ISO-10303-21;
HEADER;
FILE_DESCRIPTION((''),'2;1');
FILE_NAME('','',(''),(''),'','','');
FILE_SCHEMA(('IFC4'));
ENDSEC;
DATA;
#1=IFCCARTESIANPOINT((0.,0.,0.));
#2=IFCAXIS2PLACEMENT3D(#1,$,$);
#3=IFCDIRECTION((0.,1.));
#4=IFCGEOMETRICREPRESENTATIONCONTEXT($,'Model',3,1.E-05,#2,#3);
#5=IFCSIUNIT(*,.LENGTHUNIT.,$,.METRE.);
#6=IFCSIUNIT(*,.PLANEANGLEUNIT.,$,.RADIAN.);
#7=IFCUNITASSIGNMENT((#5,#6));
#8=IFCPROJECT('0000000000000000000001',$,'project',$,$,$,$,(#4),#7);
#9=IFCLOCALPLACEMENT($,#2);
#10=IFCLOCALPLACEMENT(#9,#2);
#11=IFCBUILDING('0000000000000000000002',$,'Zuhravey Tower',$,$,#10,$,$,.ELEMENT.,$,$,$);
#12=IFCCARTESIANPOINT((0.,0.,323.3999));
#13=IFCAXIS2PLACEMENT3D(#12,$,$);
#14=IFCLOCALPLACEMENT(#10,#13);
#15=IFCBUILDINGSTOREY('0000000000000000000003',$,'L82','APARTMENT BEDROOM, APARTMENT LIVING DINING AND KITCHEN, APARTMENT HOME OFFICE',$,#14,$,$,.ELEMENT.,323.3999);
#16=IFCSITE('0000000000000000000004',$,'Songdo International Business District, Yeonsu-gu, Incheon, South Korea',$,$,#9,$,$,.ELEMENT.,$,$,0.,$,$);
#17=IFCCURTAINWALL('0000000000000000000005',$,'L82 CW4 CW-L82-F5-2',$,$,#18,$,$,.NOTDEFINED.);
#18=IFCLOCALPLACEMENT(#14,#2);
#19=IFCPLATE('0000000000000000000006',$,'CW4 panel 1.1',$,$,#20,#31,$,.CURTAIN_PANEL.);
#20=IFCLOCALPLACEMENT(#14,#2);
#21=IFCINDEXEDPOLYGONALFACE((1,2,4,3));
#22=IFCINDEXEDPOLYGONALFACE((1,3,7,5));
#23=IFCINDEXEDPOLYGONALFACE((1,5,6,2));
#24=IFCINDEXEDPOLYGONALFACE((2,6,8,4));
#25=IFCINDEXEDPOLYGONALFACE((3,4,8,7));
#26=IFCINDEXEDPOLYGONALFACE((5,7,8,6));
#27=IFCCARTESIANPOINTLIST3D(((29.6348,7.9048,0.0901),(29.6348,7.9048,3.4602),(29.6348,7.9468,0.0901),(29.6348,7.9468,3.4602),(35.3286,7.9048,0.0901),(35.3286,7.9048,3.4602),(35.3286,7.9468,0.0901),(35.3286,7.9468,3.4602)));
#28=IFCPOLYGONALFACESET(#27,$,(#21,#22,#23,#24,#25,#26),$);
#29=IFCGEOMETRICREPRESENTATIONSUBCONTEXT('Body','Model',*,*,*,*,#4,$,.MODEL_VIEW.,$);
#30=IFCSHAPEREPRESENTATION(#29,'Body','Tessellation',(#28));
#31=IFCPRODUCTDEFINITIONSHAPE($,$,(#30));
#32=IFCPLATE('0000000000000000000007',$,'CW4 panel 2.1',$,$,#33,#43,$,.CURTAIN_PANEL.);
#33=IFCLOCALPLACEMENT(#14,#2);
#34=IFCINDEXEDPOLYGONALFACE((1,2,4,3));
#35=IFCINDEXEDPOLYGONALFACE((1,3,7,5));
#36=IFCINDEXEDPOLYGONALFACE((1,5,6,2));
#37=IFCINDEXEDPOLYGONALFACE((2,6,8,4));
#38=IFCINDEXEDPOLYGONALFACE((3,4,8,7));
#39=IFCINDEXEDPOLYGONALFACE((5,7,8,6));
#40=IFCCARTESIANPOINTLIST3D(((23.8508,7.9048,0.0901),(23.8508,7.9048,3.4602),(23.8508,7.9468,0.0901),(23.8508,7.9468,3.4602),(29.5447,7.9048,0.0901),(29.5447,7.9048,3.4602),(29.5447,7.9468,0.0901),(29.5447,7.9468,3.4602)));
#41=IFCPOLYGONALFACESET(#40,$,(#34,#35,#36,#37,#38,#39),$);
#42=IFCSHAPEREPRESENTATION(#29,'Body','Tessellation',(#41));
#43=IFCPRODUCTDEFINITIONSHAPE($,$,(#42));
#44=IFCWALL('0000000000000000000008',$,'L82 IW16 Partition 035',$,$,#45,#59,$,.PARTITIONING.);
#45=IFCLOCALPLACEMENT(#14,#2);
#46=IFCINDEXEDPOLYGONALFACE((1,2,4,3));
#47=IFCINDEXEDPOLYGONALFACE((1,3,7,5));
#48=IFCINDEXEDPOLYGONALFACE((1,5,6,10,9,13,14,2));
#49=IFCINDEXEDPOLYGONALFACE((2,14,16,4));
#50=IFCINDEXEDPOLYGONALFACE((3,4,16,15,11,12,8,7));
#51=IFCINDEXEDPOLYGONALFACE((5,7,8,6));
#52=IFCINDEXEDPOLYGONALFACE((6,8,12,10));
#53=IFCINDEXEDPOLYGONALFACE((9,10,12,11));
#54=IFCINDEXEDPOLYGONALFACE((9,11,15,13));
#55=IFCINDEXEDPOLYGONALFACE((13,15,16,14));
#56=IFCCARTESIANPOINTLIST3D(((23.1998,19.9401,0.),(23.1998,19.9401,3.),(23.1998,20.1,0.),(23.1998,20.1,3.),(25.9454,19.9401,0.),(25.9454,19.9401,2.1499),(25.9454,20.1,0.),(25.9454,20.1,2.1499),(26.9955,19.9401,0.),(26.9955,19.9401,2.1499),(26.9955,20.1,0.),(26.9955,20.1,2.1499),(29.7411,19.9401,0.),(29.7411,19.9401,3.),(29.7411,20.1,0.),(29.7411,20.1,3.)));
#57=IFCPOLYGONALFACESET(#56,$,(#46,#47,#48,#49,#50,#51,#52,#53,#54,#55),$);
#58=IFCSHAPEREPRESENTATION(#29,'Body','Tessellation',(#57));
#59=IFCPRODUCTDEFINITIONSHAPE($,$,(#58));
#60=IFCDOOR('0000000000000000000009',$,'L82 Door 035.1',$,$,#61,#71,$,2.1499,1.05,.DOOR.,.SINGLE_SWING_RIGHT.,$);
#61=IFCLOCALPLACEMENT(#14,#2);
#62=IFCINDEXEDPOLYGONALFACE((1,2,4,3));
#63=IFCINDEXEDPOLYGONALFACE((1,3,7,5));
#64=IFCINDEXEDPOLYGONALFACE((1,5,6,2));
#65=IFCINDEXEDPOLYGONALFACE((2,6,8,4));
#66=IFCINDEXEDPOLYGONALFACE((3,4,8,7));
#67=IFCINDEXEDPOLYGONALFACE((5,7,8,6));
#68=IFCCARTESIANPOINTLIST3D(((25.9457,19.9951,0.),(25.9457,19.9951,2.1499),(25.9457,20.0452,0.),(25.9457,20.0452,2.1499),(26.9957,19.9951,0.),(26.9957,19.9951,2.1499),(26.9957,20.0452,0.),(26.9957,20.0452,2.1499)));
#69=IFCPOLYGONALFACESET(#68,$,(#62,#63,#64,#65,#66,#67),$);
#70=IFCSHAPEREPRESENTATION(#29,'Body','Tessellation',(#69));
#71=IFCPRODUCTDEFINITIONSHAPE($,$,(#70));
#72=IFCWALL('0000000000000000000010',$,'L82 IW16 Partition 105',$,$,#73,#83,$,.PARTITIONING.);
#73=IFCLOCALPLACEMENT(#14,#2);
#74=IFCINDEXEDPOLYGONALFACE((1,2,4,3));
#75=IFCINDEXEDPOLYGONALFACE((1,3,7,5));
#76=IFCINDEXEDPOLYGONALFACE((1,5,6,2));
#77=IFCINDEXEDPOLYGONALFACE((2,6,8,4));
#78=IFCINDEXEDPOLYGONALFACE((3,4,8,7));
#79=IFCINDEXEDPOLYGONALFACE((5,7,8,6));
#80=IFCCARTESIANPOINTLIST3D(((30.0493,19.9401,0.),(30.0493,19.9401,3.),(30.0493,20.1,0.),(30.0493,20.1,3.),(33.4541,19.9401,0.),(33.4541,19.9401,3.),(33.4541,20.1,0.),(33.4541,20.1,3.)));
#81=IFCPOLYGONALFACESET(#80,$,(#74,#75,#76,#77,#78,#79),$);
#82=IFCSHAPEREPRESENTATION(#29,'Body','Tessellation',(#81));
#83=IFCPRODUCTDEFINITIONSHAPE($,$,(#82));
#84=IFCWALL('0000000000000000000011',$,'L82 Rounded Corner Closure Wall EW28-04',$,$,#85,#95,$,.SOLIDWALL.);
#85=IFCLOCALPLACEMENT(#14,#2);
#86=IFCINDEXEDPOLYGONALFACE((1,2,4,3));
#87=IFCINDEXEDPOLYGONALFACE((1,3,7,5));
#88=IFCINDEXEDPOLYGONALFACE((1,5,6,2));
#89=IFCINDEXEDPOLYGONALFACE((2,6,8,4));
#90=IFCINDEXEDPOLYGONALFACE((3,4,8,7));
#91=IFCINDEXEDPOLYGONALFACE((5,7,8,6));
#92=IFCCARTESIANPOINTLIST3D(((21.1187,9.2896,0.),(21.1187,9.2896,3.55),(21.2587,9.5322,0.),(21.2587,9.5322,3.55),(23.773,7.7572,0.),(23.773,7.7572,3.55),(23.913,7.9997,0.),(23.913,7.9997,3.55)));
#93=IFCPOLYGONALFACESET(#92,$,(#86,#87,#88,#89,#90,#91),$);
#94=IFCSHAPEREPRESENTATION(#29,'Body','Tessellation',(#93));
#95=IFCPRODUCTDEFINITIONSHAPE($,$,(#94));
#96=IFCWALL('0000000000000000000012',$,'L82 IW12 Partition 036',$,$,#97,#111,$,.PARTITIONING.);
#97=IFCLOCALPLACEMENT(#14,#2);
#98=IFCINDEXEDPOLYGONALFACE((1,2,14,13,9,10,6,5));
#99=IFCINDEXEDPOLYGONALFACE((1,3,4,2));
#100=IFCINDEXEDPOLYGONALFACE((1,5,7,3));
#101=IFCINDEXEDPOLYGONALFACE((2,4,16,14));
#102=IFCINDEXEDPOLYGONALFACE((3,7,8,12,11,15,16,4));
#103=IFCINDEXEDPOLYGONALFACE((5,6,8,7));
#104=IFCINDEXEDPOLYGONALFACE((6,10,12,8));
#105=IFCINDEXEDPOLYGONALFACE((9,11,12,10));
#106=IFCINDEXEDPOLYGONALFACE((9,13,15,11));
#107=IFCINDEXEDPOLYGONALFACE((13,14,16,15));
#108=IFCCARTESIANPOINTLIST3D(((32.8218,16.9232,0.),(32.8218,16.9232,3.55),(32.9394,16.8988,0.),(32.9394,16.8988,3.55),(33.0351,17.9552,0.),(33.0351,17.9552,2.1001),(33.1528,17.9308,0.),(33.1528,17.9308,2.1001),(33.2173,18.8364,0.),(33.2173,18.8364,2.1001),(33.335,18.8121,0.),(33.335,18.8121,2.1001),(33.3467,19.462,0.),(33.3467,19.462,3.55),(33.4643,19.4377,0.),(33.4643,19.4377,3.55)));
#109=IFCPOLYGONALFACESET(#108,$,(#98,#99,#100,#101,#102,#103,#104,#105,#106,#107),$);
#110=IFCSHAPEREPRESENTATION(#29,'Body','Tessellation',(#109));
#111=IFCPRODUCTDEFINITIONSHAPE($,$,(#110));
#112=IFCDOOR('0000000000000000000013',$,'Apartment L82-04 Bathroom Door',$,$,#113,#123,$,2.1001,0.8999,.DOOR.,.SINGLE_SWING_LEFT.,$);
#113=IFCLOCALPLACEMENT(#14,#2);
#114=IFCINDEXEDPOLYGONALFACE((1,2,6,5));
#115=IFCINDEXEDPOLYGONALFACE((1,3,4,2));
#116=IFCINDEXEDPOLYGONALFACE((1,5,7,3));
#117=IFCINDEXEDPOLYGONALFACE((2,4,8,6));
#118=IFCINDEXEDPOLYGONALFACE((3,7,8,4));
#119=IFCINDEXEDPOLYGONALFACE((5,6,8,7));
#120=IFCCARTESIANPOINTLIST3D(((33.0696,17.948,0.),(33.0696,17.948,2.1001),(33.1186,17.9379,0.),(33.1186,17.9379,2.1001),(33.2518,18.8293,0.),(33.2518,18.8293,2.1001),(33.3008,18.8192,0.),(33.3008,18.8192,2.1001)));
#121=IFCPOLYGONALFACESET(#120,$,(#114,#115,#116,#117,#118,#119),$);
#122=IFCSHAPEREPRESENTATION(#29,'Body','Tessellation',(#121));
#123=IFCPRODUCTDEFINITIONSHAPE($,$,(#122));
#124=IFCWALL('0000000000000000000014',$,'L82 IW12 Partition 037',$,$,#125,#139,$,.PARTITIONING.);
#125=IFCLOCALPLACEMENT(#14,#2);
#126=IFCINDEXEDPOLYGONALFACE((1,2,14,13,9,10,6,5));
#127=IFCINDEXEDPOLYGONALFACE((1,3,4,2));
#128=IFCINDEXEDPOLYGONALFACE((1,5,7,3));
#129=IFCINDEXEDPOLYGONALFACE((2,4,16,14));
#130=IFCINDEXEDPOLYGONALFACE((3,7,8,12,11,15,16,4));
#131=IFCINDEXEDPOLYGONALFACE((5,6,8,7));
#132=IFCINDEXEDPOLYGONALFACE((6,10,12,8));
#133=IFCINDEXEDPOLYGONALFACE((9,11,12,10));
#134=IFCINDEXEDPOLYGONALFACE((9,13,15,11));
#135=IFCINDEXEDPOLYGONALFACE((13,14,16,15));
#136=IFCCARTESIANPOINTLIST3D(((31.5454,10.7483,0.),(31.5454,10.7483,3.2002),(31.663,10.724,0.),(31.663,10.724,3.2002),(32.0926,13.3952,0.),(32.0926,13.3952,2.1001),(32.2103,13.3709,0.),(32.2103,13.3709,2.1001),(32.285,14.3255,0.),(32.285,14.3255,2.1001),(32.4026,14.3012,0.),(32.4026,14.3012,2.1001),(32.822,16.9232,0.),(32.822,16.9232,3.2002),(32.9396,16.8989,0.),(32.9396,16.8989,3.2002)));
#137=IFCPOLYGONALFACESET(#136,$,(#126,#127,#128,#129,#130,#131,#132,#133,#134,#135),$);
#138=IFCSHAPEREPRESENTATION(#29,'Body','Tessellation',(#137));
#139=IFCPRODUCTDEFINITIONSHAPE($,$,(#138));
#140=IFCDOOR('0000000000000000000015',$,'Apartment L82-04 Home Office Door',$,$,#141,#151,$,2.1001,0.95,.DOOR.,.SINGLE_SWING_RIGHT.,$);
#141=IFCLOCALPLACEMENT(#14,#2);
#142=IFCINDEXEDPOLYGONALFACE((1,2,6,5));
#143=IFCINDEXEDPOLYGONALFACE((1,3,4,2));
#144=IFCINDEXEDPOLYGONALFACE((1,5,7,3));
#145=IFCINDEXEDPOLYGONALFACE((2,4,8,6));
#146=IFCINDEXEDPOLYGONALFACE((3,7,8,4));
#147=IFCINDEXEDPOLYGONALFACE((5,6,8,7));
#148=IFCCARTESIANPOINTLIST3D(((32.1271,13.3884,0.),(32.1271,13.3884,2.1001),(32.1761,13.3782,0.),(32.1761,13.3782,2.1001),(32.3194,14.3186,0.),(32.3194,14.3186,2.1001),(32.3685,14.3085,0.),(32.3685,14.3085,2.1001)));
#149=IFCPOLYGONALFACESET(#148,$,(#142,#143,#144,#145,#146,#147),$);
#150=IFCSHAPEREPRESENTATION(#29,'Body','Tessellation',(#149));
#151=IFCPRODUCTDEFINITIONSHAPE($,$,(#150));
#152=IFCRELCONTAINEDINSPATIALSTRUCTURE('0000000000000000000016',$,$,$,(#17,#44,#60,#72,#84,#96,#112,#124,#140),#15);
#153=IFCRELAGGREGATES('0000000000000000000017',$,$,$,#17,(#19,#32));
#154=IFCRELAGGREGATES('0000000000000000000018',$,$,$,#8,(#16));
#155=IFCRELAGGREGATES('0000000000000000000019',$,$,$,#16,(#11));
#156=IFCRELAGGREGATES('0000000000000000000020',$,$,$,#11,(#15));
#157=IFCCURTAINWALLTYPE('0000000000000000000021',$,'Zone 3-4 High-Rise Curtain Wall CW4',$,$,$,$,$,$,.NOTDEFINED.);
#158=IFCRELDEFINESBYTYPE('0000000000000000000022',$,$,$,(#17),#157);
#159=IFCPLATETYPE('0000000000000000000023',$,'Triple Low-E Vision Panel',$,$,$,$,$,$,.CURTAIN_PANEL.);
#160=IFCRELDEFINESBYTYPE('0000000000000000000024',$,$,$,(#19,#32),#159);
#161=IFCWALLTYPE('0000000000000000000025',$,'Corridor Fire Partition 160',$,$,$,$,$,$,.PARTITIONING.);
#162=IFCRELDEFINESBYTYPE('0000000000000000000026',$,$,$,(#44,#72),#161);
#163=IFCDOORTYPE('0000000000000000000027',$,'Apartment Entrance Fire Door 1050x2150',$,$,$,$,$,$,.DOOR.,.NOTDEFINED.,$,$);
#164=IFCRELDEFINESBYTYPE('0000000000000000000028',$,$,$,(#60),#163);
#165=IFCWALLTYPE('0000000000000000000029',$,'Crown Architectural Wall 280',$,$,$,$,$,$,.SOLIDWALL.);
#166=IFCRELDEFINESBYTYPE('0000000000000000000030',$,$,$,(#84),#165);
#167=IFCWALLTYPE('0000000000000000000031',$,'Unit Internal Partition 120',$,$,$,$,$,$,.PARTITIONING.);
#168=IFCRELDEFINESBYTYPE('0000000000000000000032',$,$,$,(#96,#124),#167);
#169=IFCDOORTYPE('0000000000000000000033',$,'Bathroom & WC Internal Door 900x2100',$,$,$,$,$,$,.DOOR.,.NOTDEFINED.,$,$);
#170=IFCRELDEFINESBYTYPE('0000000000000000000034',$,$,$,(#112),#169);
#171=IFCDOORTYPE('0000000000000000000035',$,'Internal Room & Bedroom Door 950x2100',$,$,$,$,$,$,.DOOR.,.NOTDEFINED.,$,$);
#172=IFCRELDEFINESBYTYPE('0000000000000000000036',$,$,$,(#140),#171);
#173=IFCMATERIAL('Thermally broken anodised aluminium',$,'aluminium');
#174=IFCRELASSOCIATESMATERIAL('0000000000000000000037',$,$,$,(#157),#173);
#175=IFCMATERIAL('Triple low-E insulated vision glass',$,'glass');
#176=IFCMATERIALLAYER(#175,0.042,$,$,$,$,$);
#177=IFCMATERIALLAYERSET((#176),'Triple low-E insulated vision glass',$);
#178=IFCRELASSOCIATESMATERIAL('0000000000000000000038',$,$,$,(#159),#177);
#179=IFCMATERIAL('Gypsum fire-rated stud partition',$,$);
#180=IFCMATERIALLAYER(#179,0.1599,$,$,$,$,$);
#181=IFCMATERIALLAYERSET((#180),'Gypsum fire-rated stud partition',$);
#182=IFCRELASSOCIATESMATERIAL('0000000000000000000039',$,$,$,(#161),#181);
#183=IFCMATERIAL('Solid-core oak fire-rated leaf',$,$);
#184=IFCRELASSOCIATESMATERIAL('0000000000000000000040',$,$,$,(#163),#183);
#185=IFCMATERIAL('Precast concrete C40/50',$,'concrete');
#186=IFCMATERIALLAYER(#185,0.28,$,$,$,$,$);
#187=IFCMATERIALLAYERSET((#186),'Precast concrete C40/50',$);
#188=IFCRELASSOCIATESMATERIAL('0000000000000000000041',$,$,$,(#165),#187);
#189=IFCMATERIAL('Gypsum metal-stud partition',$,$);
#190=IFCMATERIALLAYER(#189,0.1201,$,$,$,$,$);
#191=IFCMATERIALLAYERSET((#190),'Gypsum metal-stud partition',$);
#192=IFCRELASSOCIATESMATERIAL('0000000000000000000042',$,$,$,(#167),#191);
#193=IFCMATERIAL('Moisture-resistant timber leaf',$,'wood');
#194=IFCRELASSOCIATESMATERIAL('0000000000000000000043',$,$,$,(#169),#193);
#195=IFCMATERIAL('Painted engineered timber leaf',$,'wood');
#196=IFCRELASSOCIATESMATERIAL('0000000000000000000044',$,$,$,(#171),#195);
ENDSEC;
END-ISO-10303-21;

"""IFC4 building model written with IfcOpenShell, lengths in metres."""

from ifc_helpers import new_model, si_unit, direction, frame, frame_2d, origin, origin_2d, place, context, subcontext, project, spatial, rectangle, extrude, material, layer, layer_set, type_object, element, fill, aggregate, save


model = new_model("IFC4")

# Units and contexts
model_context = context("Model", 3, precision=1e-05, world=origin(), true_north=direction((0.0, 1.0)))
body_context = subcontext(model_context, "Body", "Model", "MODEL_VIEW")
ifc_project = project(units=[si_unit("LENGTHUNIT", "METRE"), si_unit("PLANEANGLEUNIT", "RADIAN")], contexts=[model_context])

# Site, building, storey
site_placement = place(None, origin())
site = spatial("IfcSite", under=ifc_project, at=site_placement, Name="Songdo International Business District, Yeonsu-gu, Incheon, South Korea", CompositionType="ELEMENT", RefElevation=0.0)
building_placement = place(site_placement, origin())
building = spatial("IfcBuilding", under=site, at=building_placement, Name="Zuhravey Tower", CompositionType="ELEMENT")
storey_placement = place(building_placement, frame((0.0, 0.0, 323.3999)))
storey = spatial("IfcBuildingStorey", under=building, at=storey_placement, Name="L82", Description="APARTMENT BEDROOM, APARTMENT LIVING DINING AND KITCHEN, APARTMENT HOME OFFICE", CompositionType="ELEMENT", Elevation=323.3999)

# Curtain wall
ifc_material_1 = material(Name="Thermally broken anodised aluminium", Category="aluminium")
curtain_wall_type = type_object("IfcCurtainWallType", Name="Zone 3-4 High-Rise Curtain Wall CW4", PredefinedType="NOTDEFINED", material=ifc_material_1)
curtain_wall_placement = place(storey_placement, origin())
curtain_wall = element("IfcCurtainWall", 1, at=curtain_wall_placement, inside=storey, type_object=curtain_wall_type, Name="L82 CW4 CW-L82-F5-2", PredefinedType="NOTDEFINED")

# Plates
ifc_material_2 = material(Name="Triple low-E insulated vision glass", Category="glass")
ifc_layer_1 = layer(ifc_material_2, 0.042)
ifc_layer_set_1 = layer_set([ifc_layer_1], Name="Triple low-E insulated vision glass")
plate_type_1 = type_object("IfcPlateType", Name="Triple Low-E Vision Panel", PredefinedType="CURTAIN_PANEL", material=ifc_layer_set_1)
plate_1_placement = place(storey_placement, frame((32.4817, 7.9258, 0.0901), z_axis=(0.0, 0.0, 1.0), x_axis=(-1.0, 0.0, 0.0)))
plate_1 = element("IfcPlate", 2, at=plate_1_placement, type_object=plate_type_1, Name="CW4 panel 1.1", PredefinedType="CURTAIN_PANEL", context=body_context, shape_type="SweptSolid", body=[
    extrude(rectangle(XDim=5.6938, YDim=0.042, at=origin_2d()), origin(), (0.0, 0.0, 1.0), 3.3701),
])
plate_2_placement = place(storey_placement, frame((26.6978, 7.9258, 0.0901), z_axis=(0.0, 0.0, 1.0), x_axis=(-1.0, 0.0, 0.0)))
plate_2 = element("IfcPlate", 3, at=plate_2_placement, type_object=plate_type_1, Name="CW4 panel 2.1", PredefinedType="CURTAIN_PANEL", context=body_context, shape_type="SweptSolid", body=[
    extrude(rectangle(XDim=5.6938, YDim=0.042, at=origin_2d()), origin(), (0.0, 0.0, 1.0), 3.3701),
])
aggregate(curtain_wall, [plate_1, plate_2])

# Wall, opening, door
ifc_material_3 = material(Name="Gypsum fire-rated stud partition")
ifc_layer_2 = layer(ifc_material_3, 0.1599)
ifc_layer_set_2 = layer_set([ifc_layer_2], Name="Gypsum fire-rated stud partition")
wall_type_1 = type_object("IfcWallType", Name="Corridor Fire Partition 160", PredefinedType="PARTITIONING", material=ifc_layer_set_2)
wall_1_placement = place(storey_placement, frame((23.2, 20.02, 0.0), z_axis=(0.0, 0.0, 1.0), x_axis=(1.0, 0.0, 0.0)))
wall_1 = element("IfcWall", 4, at=wall_1_placement, inside=storey, type_object=wall_type_1, Name="L82 IW16 Partition 035", PredefinedType="PARTITIONING", context=body_context, shape_type="SweptSolid", body=[
    extrude(rectangle(XDim=6.5413, YDim=0.1599, at=frame_2d((3.2705, 0.0))), origin(), (0.0, 0.0, 1.0), 3.0),
])
opening_1_placement = place(wall_1_placement, frame((2.7456, 0.0, 0.0)))
opening_1 = element("IfcOpeningElement", 5, at=opening_1_placement, cuts=wall_1, PredefinedType="OPENING", context=body_context, shape_type="SweptSolid", body=[
    extrude(rectangle(XDim=1.05, YDim=2.1499, at=frame_2d((0.5249, 1.075))), frame((0.0, 0.092, 0.0), z_axis=(0.0, -1.0, 0.0), x_axis=(1.0, 0.0, 0.0)), (0.0, 0.0, 1.0), 0.1838),
])
ifc_material_4 = material(Name="Solid-core oak fire-rated leaf")
door_type_1 = type_object("IfcDoorType", Name="Apartment Entrance Fire Door 1050x2150", OperationType="NOTDEFINED", PredefinedType="DOOR", material=ifc_material_4)
door_1_placement = place(opening_1_placement, frame((1.05, 0.0, 0.0), z_axis=(0.0, 0.0, 1.0), x_axis=(-1.0, 0.0, 0.0)))
door_1 = element("IfcDoor", 6, at=door_1_placement, inside=storey, type_object=door_type_1, Name="L82 Door 035.1", OperationType="SINGLE_SWING_RIGHT", OverallHeight=2.1499, OverallWidth=1.05, PredefinedType="DOOR", context=body_context, shape_type="SweptSolid", body=[
    extrude(rectangle(XDim=1.05, YDim=2.1499, at=frame_2d((0.5249, 1.075))), frame((0.0, 0.0249, 0.0), z_axis=(0.0, -1.0, 0.0), x_axis=(1.0, 0.0, 0.0)), (0.0, 0.0, 1.0), 0.05),
])
fill(opening_1, door_1)

# Walls
wall_2_placement = place(storey_placement, frame((30.0493, 20.02, 0.0), z_axis=(0.0, 0.0, 1.0), x_axis=(1.0, 0.0, 0.0)))
element("IfcWall", 7, at=wall_2_placement, inside=storey, type_object=wall_type_1, Name="L82 IW16 Partition 105", PredefinedType="PARTITIONING", context=body_context, shape_type="SweptSolid", body=[
    extrude(rectangle(XDim=3.4048, YDim=0.1599, at=frame_2d((1.7024, 0.0))), origin(), (0.0, 0.0, 1.0), 3.0),
])
ifc_material_5 = material(Name="Precast concrete C40/50", Category="concrete")
ifc_layer_3 = layer(ifc_material_5, 0.28)
ifc_layer_set_3 = layer_set([ifc_layer_3], Name="Precast concrete C40/50")
wall_type_2 = type_object("IfcWallType", Name="Crown Architectural Wall 280", PredefinedType="SOLIDWALL", material=ifc_layer_set_3)
wall_3_placement = place(storey_placement, frame((23.843, 7.8784, 0.0), z_axis=(0.0, 0.0, 1.0), x_axis=(-0.866024, 0.500003, 0.0)))
element("IfcWall", 8, at=wall_3_placement, inside=storey, type_object=wall_type_2, Name="L82 Rounded Corner Closure Wall EW28-04", PredefinedType="SOLIDWALL", context=body_context, shape_type="SweptSolid", body=[
    extrude(rectangle(XDim=3.0649, YDim=0.28, at=frame_2d((1.5325, 0.0))), origin(), (0.0, 0.0, 1.0), 3.55),
])

# Walls, openings, doors
ifc_material_6 = material(Name="Gypsum metal-stud partition")
ifc_layer_4 = layer(ifc_material_6, 0.1201)
ifc_layer_set_4 = layer_set([ifc_layer_4], Name="Gypsum metal-stud partition")
wall_type_3 = type_object("IfcWallType", Name="Unit Internal Partition 120", PredefinedType="PARTITIONING", material=ifc_layer_set_4)
wall_4_placement = place(storey_placement, frame((33.4055, 19.45, 0.0), z_axis=(0.0, 0.0, 1.0), x_axis=(-0.202469, -0.979289, 0.0)))
wall_4 = element("IfcWall", 9, at=wall_4_placement, inside=storey, type_object=wall_type_3, Name="L82 IW12 Partition 036", PredefinedType="PARTITIONING", context=body_context, shape_type="SweptSolid", body=[
    extrude(rectangle(XDim=2.5925, YDim=0.1201, at=frame_2d((1.2964, 0.0))), origin(), (0.0, 0.0, 1.0), 3.55),
])
opening_2_placement = place(wall_4_placement, frame((0.6389, 0.0, 0.0)))
opening_2 = element("IfcOpeningElement", 10, at=opening_2_placement, cuts=wall_4, PredefinedType="OPENING", context=body_context, shape_type="SweptSolid", body=[
    extrude(rectangle(XDim=0.8999, YDim=2.1001, at=frame_2d((0.45, 1.05))), frame((0.0, 0.072, 0.0), z_axis=(0.0, -1.0, 0.0), x_axis=(1.0, 0.0, 0.0)), (0.0, 0.0, 1.0), 0.144),
])
ifc_material_7 = material(Name="Moisture-resistant timber leaf", Category="wood")
door_type_2 = type_object("IfcDoorType", Name="Bathroom & WC Internal Door 900x2100", OperationType="NOTDEFINED", PredefinedType="DOOR", material=ifc_material_7)
door_2_placement = place(opening_2_placement, frame((0.8999, 0.0, 0.0), z_axis=(0.0, 0.0, 1.0), x_axis=(-1.0, 0.0, 0.0)))
door_2 = element("IfcDoor", 11, at=door_2_placement, inside=storey, type_object=door_type_2, Name="Apartment L82-04 Bathroom Door", OperationType="SINGLE_SWING_LEFT", OverallHeight=2.1001, OverallWidth=0.8999, PredefinedType="DOOR", context=body_context, shape_type="SweptSolid", body=[
    extrude(rectangle(XDim=0.8999, YDim=2.1001, at=frame_2d((0.45, 1.05))), frame((0.0, 0.0249, 0.0), z_axis=(0.0, -1.0, 0.0), x_axis=(1.0, 0.0, 0.0)), (0.0, 0.0, 1.0), 0.05),
])
fill(opening_2, door_2)
wall_5_placement = place(storey_placement, frame((32.8809, 16.9111, 0.0), z_axis=(0.0, 0.0, 1.0), x_axis=(-0.202463, -0.97929, 0.0)))
wall_5 = element("IfcWall", 12, at=wall_5_placement, inside=storey, type_object=wall_type_3, Name="L82 IW12 Partition 037", PredefinedType="PARTITIONING", context=body_context, shape_type="SweptSolid", body=[
    extrude(rectangle(XDim=6.3054, YDim=0.1201, at=frame_2d((3.1528, 0.0))), origin(), (0.0, 0.0, 1.0), 3.2002),
])
opening_3_placement = place(wall_5_placement, frame((2.6526, 0.0, 0.0)))
opening_3 = element("IfcOpeningElement", 13, at=opening_3_placement, cuts=wall_5, PredefinedType="OPENING", context=body_context, shape_type="SweptSolid", body=[
    extrude(rectangle(XDim=0.95, YDim=2.1001, at=frame_2d((0.4751, 1.05))), frame((0.0, 0.072, 0.0), z_axis=(0.0, -1.0, 0.0), x_axis=(1.0, 0.0, 0.0)), (0.0, 0.0, 1.0), 0.144),
])
ifc_material_8 = material(Name="Painted engineered timber leaf", Category="wood")
door_type_3 = type_object("IfcDoorType", Name="Internal Room & Bedroom Door 950x2100", OperationType="NOTDEFINED", PredefinedType="DOOR", material=ifc_material_8)
door_3_placement = place(opening_3_placement, frame((0.95, 0.0, 0.0), z_axis=(0.0, 0.0, 1.0), x_axis=(-1.0, 0.0, 0.0)))
door_3 = element("IfcDoor", 14, at=door_3_placement, inside=storey, type_object=door_type_3, Name="Apartment L82-04 Home Office Door", OperationType="SINGLE_SWING_RIGHT", OverallHeight=2.1001, OverallWidth=0.95, PredefinedType="DOOR", context=body_context, shape_type="SweptSolid", body=[
    extrude(rectangle(XDim=0.95, YDim=2.1001, at=frame_2d((0.4751, 1.05))), frame((0.0, 0.0249, 0.0), z_axis=(0.0, -1.0, 0.0), x_axis=(1.0, 0.0, 0.0)), (0.0, 0.0, 1.0), 0.05),
])
fill(opening_3, door_3)

save(model, "model.ifc")
